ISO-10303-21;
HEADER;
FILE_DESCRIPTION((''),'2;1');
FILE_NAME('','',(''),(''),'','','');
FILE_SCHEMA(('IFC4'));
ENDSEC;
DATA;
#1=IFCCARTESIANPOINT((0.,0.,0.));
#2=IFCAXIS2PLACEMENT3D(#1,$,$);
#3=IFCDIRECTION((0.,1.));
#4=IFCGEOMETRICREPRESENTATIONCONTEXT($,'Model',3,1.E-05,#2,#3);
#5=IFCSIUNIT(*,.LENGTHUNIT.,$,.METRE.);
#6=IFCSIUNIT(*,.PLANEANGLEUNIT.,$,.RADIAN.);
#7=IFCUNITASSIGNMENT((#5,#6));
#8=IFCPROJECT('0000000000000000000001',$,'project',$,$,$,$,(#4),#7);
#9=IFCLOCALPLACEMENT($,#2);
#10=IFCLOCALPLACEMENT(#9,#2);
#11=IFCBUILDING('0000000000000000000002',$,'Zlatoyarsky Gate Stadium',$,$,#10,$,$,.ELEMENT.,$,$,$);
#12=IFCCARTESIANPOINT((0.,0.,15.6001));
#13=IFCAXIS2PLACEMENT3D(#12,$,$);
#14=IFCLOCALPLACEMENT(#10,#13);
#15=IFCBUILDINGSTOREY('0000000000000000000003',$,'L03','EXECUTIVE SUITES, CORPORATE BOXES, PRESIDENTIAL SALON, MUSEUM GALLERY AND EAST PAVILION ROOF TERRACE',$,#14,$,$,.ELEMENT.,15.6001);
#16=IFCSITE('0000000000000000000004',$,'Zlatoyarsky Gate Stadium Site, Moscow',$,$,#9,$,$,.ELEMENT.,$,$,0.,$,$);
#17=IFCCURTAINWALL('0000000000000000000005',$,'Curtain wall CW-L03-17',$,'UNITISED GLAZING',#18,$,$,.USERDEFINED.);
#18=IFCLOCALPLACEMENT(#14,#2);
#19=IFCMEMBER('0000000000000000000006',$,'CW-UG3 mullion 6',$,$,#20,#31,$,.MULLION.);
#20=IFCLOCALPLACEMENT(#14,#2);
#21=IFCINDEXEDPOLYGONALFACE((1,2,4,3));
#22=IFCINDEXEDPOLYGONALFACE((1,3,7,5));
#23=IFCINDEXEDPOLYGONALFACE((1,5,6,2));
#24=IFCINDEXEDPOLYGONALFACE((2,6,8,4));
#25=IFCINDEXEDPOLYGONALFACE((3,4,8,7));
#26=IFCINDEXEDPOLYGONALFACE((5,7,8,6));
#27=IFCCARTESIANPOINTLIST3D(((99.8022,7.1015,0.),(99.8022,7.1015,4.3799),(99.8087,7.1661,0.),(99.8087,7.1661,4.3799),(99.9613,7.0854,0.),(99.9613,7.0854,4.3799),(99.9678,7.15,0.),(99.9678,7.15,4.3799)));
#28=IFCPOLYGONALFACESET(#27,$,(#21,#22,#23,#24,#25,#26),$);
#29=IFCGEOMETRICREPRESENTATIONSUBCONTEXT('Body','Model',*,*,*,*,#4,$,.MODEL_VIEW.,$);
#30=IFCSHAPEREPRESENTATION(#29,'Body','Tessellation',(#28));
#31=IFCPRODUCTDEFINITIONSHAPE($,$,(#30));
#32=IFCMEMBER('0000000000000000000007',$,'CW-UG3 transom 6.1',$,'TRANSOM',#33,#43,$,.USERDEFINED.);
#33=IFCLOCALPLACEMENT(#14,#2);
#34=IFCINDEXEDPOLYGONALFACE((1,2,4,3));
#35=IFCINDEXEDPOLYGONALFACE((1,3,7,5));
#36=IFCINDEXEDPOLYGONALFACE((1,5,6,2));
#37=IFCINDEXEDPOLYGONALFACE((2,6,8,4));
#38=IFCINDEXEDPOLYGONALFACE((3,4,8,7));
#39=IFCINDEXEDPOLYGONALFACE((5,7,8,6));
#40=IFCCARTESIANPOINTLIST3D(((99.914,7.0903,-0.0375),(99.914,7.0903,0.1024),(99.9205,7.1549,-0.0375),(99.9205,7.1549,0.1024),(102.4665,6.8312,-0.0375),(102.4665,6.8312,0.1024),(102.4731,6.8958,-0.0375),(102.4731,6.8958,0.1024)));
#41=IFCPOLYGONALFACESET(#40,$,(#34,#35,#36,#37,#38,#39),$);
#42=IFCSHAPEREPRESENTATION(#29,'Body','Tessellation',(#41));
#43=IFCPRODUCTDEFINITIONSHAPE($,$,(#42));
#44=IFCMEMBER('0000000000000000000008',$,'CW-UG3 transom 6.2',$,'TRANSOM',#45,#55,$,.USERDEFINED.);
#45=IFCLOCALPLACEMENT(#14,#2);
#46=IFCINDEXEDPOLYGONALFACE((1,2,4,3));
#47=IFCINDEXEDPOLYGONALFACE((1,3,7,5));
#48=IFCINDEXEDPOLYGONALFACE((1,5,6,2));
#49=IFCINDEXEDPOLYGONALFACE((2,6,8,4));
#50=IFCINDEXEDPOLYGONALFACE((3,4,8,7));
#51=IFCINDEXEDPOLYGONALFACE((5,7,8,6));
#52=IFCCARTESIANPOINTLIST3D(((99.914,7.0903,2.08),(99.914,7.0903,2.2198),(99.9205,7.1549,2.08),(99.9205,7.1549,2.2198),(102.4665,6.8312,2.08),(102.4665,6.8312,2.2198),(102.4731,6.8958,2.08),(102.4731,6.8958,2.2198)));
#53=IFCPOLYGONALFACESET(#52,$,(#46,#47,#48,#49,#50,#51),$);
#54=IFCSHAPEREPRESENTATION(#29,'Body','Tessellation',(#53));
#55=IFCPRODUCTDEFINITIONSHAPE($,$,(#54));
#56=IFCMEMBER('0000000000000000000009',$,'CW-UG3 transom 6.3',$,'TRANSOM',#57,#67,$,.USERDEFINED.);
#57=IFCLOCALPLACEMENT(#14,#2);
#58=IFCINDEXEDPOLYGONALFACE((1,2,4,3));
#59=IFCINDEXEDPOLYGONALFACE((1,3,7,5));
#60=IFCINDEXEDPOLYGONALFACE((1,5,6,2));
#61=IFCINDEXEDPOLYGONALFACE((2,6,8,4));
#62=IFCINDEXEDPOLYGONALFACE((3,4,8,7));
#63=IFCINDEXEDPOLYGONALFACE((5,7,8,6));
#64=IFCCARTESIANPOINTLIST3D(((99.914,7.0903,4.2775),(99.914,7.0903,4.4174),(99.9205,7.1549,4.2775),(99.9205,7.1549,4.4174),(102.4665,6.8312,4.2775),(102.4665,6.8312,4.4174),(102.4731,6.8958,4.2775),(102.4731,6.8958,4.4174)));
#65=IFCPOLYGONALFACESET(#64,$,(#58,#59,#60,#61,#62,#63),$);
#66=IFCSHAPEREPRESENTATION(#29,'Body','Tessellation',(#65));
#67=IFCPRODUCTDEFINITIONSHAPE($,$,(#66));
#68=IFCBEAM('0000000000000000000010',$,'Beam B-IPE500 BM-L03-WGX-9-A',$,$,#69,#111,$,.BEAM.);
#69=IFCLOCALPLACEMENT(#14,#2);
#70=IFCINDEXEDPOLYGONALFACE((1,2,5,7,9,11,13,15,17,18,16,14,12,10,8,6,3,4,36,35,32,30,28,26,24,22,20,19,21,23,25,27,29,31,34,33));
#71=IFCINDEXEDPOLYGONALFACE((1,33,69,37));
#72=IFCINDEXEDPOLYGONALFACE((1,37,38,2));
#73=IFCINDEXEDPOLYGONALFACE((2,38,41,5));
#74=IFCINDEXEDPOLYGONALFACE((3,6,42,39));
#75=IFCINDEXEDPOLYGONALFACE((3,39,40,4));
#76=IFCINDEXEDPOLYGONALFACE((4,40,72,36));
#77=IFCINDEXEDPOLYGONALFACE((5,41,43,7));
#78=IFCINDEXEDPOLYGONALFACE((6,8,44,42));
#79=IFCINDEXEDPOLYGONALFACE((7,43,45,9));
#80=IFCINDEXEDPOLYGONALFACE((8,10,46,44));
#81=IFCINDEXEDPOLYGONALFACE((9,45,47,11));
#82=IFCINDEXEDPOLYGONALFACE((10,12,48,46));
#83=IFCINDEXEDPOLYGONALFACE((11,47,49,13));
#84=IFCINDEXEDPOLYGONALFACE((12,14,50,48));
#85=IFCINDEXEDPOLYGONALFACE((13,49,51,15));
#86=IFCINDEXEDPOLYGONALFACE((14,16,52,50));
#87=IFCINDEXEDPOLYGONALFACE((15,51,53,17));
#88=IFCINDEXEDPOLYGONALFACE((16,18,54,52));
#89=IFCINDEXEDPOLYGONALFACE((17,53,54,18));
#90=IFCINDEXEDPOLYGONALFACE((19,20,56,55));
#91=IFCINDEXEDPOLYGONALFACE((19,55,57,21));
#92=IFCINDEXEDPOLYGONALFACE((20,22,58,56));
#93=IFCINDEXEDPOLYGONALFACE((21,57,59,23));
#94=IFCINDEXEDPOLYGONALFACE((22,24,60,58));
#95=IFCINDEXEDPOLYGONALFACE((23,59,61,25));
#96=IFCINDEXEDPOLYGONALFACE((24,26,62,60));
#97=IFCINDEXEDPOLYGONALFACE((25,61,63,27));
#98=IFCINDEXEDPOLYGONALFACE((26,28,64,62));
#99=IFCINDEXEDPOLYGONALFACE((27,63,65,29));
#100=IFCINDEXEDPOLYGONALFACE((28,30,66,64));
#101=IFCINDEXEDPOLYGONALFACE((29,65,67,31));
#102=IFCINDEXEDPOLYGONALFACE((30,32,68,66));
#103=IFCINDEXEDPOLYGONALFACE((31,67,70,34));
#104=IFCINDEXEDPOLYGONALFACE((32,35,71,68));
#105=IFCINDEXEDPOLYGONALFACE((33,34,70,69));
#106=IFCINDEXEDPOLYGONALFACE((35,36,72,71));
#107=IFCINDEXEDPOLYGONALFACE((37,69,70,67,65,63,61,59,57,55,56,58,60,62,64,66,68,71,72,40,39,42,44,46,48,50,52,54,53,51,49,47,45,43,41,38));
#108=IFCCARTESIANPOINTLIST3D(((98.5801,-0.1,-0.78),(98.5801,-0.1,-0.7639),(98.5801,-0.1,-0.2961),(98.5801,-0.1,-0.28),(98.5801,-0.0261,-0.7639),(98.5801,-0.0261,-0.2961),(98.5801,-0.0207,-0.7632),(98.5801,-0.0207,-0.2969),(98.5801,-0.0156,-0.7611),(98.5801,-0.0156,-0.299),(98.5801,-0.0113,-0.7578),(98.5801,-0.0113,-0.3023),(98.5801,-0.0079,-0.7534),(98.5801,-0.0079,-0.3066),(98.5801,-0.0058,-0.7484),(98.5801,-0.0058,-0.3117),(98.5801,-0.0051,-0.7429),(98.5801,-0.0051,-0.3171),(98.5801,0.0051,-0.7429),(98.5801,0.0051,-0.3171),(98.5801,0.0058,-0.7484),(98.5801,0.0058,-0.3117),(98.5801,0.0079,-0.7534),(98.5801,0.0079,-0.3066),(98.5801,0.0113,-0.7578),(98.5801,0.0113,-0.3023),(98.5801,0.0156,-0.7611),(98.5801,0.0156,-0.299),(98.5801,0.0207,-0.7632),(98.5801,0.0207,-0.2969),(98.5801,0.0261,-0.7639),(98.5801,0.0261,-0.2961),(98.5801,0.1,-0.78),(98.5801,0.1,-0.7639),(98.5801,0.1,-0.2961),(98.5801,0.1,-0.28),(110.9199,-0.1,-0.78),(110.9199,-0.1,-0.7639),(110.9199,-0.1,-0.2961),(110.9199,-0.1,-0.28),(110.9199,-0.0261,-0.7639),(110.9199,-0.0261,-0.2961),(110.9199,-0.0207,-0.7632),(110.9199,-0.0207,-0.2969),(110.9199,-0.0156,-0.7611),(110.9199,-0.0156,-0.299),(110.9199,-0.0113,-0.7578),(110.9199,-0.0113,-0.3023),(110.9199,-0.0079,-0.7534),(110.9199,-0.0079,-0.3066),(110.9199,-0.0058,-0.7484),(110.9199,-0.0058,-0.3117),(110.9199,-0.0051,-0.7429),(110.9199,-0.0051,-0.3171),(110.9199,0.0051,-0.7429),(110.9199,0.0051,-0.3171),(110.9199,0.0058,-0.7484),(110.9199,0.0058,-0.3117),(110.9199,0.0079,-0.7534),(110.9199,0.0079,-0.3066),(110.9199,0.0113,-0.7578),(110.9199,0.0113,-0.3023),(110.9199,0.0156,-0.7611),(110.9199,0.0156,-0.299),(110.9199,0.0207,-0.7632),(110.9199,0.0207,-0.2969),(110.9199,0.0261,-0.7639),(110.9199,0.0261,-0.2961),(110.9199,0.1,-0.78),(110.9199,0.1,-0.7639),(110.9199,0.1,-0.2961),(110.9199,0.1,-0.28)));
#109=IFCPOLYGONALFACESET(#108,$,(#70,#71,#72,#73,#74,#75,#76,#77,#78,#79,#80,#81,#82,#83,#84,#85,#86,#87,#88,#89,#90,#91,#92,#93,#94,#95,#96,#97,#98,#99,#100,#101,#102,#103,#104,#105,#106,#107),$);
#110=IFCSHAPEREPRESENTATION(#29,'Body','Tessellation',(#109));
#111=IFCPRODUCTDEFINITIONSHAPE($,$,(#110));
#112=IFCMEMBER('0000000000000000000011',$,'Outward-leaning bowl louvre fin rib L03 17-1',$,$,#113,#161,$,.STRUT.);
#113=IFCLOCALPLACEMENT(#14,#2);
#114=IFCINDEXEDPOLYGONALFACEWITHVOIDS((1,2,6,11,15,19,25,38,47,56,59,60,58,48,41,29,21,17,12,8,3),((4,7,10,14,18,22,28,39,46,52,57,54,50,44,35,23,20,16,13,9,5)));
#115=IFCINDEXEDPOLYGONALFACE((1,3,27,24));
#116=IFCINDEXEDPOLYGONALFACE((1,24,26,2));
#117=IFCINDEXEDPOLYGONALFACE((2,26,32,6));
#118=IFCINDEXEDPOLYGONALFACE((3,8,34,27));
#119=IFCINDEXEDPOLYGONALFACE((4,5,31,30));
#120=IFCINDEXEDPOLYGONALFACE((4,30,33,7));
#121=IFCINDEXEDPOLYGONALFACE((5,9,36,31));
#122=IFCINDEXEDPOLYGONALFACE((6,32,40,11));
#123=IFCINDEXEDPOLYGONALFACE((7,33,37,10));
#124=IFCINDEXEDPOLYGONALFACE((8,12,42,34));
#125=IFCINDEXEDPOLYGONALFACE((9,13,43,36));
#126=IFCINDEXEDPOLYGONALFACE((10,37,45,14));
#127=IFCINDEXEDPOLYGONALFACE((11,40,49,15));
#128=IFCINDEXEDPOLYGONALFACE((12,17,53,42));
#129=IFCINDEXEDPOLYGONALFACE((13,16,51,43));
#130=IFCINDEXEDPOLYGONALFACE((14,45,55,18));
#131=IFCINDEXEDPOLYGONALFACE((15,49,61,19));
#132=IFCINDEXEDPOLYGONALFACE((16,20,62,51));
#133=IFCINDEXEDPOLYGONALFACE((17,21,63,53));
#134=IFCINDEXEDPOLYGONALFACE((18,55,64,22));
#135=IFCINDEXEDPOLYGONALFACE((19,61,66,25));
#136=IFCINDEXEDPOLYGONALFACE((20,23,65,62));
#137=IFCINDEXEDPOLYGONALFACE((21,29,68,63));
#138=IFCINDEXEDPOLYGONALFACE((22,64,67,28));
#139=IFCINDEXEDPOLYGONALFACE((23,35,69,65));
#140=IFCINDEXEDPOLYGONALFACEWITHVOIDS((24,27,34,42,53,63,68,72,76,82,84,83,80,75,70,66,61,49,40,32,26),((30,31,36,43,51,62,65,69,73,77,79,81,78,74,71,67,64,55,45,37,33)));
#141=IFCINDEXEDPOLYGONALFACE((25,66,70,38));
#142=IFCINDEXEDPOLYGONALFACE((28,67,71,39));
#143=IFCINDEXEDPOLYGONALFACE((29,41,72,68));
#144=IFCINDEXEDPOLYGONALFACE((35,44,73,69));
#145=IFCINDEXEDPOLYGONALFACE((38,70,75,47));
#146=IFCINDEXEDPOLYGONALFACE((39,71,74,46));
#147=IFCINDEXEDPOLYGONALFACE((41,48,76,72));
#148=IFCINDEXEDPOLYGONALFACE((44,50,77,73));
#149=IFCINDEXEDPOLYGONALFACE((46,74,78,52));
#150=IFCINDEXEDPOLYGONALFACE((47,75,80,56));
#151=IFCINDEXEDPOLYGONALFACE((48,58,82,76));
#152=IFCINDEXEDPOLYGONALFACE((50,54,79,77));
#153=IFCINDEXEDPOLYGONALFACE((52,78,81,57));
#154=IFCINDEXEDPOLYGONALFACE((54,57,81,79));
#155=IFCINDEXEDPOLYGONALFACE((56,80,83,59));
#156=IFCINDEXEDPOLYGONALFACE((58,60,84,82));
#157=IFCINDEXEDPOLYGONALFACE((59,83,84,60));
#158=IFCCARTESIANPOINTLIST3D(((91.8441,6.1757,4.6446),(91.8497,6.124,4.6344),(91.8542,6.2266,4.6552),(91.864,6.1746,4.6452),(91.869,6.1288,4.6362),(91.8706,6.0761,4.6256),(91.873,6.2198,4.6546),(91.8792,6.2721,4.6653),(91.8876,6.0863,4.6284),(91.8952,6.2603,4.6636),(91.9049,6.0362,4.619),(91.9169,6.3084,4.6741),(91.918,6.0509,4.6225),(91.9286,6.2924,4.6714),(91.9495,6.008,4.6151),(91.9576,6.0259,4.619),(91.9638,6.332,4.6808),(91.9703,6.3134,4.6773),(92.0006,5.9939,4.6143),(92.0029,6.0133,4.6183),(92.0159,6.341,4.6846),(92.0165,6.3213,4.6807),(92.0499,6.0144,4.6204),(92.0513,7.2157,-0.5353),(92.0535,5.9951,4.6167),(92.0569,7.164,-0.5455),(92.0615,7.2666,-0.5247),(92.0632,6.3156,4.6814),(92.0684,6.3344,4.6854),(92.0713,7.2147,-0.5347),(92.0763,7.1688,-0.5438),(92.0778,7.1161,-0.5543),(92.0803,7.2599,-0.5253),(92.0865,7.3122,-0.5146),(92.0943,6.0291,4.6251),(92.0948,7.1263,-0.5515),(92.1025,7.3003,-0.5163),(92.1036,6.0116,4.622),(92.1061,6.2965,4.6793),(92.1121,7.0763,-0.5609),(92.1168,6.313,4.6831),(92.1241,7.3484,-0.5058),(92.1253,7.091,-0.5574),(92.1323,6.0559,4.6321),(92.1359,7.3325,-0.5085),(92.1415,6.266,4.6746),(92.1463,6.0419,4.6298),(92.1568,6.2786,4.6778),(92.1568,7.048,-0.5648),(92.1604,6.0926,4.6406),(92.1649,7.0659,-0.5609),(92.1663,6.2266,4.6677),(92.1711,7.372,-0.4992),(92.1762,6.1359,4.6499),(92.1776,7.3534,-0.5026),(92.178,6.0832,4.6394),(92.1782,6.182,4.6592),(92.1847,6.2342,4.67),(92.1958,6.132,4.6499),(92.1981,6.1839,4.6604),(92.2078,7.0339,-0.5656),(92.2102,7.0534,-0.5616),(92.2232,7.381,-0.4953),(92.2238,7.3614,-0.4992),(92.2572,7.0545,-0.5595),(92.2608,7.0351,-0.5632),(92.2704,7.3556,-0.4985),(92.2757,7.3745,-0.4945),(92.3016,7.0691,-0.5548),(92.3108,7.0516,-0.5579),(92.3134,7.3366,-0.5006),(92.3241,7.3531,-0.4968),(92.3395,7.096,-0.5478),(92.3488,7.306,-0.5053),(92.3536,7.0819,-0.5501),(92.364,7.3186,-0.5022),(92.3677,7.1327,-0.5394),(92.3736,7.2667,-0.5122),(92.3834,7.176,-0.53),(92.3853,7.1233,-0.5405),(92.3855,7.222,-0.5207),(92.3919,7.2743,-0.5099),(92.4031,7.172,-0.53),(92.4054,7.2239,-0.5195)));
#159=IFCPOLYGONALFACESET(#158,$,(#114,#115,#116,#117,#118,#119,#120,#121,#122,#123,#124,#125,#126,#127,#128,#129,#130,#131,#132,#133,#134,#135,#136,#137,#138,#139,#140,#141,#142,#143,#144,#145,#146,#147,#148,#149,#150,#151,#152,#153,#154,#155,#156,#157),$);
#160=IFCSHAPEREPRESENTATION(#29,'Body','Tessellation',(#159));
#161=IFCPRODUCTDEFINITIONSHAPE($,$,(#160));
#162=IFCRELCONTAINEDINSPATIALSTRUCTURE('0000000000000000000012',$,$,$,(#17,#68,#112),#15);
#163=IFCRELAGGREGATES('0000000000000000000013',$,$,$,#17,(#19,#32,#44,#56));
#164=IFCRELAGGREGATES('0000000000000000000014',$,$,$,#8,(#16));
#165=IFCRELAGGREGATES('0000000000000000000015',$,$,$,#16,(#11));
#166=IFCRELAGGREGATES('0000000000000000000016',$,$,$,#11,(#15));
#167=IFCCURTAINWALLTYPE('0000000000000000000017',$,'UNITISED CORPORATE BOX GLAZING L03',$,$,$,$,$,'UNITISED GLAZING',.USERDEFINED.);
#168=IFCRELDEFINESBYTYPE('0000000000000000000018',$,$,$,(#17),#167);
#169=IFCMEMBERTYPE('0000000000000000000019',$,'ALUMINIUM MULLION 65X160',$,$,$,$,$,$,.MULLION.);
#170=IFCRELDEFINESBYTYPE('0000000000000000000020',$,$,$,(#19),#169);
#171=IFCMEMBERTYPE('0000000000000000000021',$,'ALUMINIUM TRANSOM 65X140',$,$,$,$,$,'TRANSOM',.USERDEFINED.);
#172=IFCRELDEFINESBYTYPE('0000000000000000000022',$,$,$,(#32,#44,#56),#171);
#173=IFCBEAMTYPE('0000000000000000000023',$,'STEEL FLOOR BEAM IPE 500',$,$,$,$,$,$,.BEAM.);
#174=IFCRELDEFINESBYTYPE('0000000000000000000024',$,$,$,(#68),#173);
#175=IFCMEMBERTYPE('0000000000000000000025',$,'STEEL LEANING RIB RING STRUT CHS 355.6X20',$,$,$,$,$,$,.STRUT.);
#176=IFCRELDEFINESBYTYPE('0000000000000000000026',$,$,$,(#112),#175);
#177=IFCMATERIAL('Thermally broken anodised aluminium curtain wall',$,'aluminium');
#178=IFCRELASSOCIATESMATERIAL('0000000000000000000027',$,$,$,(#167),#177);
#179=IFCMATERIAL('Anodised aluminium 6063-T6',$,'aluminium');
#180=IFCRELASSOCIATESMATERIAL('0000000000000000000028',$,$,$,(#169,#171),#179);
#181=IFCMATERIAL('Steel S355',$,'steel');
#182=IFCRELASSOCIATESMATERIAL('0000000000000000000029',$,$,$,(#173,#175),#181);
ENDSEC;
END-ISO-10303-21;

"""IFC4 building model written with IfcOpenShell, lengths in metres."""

from ifc_helpers import new_model, si_unit, direction, frame, origin, origin_2d, place, context, subcontext, project, spatial, rectangle, hollow_circle, i_section, extrude, material, material_profile, profile_set, type_object, element, aggregate, save


model = new_model("IFC4")

# Units and contexts
model_context = context("Model", 3, precision=1e-05, world=origin(), true_north=direction((0.0, 1.0)))
body_context = subcontext(model_context, "Body", "Model", "MODEL_VIEW")
ifc_project = project(units=[si_unit("LENGTHUNIT", "METRE"), si_unit("PLANEANGLEUNIT", "RADIAN")], contexts=[model_context])

# Site, building, storey
site_placement = place(None, origin())
site = spatial("IfcSite", under=ifc_project, at=site_placement, Name="Zlatoyarsky Gate Stadium Site, Moscow", CompositionType="ELEMENT", RefElevation=0.0)
building_placement = place(site_placement, origin())
building = spatial("IfcBuilding", under=site, at=building_placement, Name="Zlatoyarsky Gate Stadium", CompositionType="ELEMENT")
storey_placement = place(building_placement, frame((0.0, 0.0, 15.6001)))
storey = spatial("IfcBuildingStorey", under=building, at=storey_placement, Name="L03", Description="EXECUTIVE SUITES, CORPORATE BOXES, PRESIDENTIAL SALON, MUSEUM GALLERY AND EAST PAVILION ROOF TERRACE", CompositionType="ELEMENT", Elevation=15.6001)

# Curtain wall, members
ifc_material_1 = material(Name="Thermally broken anodised aluminium curtain wall", Category="aluminium")
curtain_wall_type = type_object("IfcCurtainWallType", Name="UNITISED CORPORATE BOX GLAZING L03", ElementType="UNITISED GLAZING", PredefinedType="USERDEFINED", material=ifc_material_1)
curtain_wall_placement = place(storey_placement, origin())
curtain_wall = element("IfcCurtainWall", 1, at=curtain_wall_placement, inside=storey, type_object=curtain_wall_type, Name="Curtain wall CW-L03-17", ObjectType="UNITISED GLAZING", PredefinedType="USERDEFINED")
ifc_material_2 = material(Name="Anodised aluminium 6063-T6", Category="aluminium")
ifc_material_profile_1 = material_profile(ifc_material_2, rectangle(XDim=0.0649, YDim=0.1599, at=origin_2d()), Name="ALU 65X160")
ifc_profile_set_1 = profile_set([ifc_material_profile_1], Name="Anodised aluminium 6063-T6")
member_type_1 = type_object("IfcMemberType", Name="ALUMINIUM MULLION 65X160", PredefinedType="MULLION", material=ifc_profile_set_1)
member_1_placement = place(storey_placement, frame((99.885, 7.1257, 0.0), z_axis=(0.0, 0.0, 1.0), x_axis=(0.100968, 0.99489, 0.0)))
member_1 = element("IfcMember", 2, at=member_1_placement, type_object=member_type_1, Name="CW-UG3 mullion 6", PredefinedType="MULLION", context=body_context, shape_type="SweptSolid", body=[
    extrude(rectangle(XDim=0.0649, YDim=0.1599, at=origin_2d()), origin(), (0.0, 0.0, 1.0), 4.3799),
])
ifc_material_profile_2 = material_profile(ifc_material_2, rectangle(XDim=0.0649, YDim=0.1399, at=origin_2d()), Name="ALU 65X140")
ifc_profile_set_2 = profile_set([ifc_material_profile_2], Name="Anodised aluminium 6063-T6")
member_type_2 = type_object("IfcMemberType", Name="ALUMINIUM TRANSOM 65X140", ElementType="TRANSOM", PredefinedType="USERDEFINED", material=ifc_profile_set_2)
member_2_placement = place(storey_placement, frame((99.9172, 7.1226, 0.0325), z_axis=(0.99489, -0.100964, 0.0), x_axis=(0.100964, 0.99489, 0.0)))
member_2 = element("IfcMember", 3, at=member_2_placement, type_object=member_type_2, Name="CW-UG3 transom 6.1", ObjectType="TRANSOM", PredefinedType="USERDEFINED", context=body_context, shape_type="SweptSolid", body=[
    extrude(rectangle(XDim=0.0649, YDim=0.1399, at=origin_2d()), origin(), (0.0, 0.0, 1.0), 2.5657),
])
member_3_placement = place(storey_placement, frame((99.9172, 7.1226, 2.1499), z_axis=(0.99489, -0.100964, 0.0), x_axis=(0.100964, 0.99489, 0.0)))
member_3 = element("IfcMember", 4, at=member_3_placement, type_object=member_type_2, Name="CW-UG3 transom 6.2", ObjectType="TRANSOM", PredefinedType="USERDEFINED", context=body_context, shape_type="SweptSolid", body=[
    extrude(rectangle(XDim=0.0649, YDim=0.1399, at=origin_2d()), origin(), (0.0, 0.0, 1.0), 2.5657),
])
member_4_placement = place(storey_placement, frame((99.9172, 7.1226, 4.3474), z_axis=(0.99489, -0.100964, 0.0), x_axis=(0.100964, 0.99489, 0.0)))
member_4 = element("IfcMember", 5, at=member_4_placement, type_object=member_type_2, Name="CW-UG3 transom 6.3", ObjectType="TRANSOM", PredefinedType="USERDEFINED", context=body_context, shape_type="SweptSolid", body=[
    extrude(rectangle(XDim=0.0649, YDim=0.1399, at=origin_2d()), origin(), (0.0, 0.0, 1.0), 2.5657),
])

# Beam
ifc_material_3 = material(Name="Steel S355", Category="steel")
ifc_material_profile_3 = material_profile(ifc_material_3, i_section(OverallWidth=0.2, OverallDepth=0.5, WebThickness=0.0103, FlangeThickness=0.0161, FilletRadius=0.021, at=origin_2d()), Name="IPE 500")
ifc_profile_set_3 = profile_set([ifc_material_profile_3], Name="Steel S355")
beam_type = type_object("IfcBeamType", Name="STEEL FLOOR BEAM IPE 500", PredefinedType="BEAM", material=ifc_profile_set_3)
beam_placement = place(storey_placement, frame((98.5801, 0.0, -0.53), z_axis=(1.0, 0.0, 0.0), x_axis=(0.0, 1.0, 0.0)))
element("IfcBeam", 6, at=beam_placement, inside=storey, type_object=beam_type, Name="Beam B-IPE500 BM-L03-WGX-9-A", PredefinedType="BEAM", context=body_context, shape_type="SweptSolid", body=[
    extrude(i_section(OverallWidth=0.2, OverallDepth=0.5, WebThickness=0.0103, FlangeThickness=0.0161, FilletRadius=0.021, at=origin_2d()), origin(), (0.0, 0.0, 1.0), 12.3398),
])

# Member
ifc_material_profile_4 = material_profile(ifc_material_3, hollow_circle(Radius=0.1777, WallThickness=0.02, at=origin_2d()), Name="CHS 355.6X20")
ifc_profile_set_4 = profile_set([ifc_material_profile_4], Name="Steel S355")
member_type_3 = type_object("IfcMemberType", Name="STEEL LEANING RIB RING STRUT CHS 355.6X20", PredefinedType="STRUT", material=ifc_profile_set_4)
member_5_placement = place(storey_placement, frame((92.2288, 7.2068, -0.53), z_axis=(-0.039202, -0.196702, 0.979679), x_axis=(0.980713, -0.195452, 0.0)))
element("IfcMember", 7, at=member_5_placement, inside=storey, type_object=member_type_3, Name="Outward-leaning bowl louvre fin rib L03 17-1", PredefinedType="STRUT", context=body_context, shape_type="SweptSolid", body=[
    extrude(hollow_circle(Radius=0.1777, WallThickness=0.02, at=origin_2d()), origin(), (0.0, 0.0, 1.0), 5.2874),
])

aggregate(curtain_wall, [member_1, member_2, member_3, member_4])

save(model, "model.ifc")
